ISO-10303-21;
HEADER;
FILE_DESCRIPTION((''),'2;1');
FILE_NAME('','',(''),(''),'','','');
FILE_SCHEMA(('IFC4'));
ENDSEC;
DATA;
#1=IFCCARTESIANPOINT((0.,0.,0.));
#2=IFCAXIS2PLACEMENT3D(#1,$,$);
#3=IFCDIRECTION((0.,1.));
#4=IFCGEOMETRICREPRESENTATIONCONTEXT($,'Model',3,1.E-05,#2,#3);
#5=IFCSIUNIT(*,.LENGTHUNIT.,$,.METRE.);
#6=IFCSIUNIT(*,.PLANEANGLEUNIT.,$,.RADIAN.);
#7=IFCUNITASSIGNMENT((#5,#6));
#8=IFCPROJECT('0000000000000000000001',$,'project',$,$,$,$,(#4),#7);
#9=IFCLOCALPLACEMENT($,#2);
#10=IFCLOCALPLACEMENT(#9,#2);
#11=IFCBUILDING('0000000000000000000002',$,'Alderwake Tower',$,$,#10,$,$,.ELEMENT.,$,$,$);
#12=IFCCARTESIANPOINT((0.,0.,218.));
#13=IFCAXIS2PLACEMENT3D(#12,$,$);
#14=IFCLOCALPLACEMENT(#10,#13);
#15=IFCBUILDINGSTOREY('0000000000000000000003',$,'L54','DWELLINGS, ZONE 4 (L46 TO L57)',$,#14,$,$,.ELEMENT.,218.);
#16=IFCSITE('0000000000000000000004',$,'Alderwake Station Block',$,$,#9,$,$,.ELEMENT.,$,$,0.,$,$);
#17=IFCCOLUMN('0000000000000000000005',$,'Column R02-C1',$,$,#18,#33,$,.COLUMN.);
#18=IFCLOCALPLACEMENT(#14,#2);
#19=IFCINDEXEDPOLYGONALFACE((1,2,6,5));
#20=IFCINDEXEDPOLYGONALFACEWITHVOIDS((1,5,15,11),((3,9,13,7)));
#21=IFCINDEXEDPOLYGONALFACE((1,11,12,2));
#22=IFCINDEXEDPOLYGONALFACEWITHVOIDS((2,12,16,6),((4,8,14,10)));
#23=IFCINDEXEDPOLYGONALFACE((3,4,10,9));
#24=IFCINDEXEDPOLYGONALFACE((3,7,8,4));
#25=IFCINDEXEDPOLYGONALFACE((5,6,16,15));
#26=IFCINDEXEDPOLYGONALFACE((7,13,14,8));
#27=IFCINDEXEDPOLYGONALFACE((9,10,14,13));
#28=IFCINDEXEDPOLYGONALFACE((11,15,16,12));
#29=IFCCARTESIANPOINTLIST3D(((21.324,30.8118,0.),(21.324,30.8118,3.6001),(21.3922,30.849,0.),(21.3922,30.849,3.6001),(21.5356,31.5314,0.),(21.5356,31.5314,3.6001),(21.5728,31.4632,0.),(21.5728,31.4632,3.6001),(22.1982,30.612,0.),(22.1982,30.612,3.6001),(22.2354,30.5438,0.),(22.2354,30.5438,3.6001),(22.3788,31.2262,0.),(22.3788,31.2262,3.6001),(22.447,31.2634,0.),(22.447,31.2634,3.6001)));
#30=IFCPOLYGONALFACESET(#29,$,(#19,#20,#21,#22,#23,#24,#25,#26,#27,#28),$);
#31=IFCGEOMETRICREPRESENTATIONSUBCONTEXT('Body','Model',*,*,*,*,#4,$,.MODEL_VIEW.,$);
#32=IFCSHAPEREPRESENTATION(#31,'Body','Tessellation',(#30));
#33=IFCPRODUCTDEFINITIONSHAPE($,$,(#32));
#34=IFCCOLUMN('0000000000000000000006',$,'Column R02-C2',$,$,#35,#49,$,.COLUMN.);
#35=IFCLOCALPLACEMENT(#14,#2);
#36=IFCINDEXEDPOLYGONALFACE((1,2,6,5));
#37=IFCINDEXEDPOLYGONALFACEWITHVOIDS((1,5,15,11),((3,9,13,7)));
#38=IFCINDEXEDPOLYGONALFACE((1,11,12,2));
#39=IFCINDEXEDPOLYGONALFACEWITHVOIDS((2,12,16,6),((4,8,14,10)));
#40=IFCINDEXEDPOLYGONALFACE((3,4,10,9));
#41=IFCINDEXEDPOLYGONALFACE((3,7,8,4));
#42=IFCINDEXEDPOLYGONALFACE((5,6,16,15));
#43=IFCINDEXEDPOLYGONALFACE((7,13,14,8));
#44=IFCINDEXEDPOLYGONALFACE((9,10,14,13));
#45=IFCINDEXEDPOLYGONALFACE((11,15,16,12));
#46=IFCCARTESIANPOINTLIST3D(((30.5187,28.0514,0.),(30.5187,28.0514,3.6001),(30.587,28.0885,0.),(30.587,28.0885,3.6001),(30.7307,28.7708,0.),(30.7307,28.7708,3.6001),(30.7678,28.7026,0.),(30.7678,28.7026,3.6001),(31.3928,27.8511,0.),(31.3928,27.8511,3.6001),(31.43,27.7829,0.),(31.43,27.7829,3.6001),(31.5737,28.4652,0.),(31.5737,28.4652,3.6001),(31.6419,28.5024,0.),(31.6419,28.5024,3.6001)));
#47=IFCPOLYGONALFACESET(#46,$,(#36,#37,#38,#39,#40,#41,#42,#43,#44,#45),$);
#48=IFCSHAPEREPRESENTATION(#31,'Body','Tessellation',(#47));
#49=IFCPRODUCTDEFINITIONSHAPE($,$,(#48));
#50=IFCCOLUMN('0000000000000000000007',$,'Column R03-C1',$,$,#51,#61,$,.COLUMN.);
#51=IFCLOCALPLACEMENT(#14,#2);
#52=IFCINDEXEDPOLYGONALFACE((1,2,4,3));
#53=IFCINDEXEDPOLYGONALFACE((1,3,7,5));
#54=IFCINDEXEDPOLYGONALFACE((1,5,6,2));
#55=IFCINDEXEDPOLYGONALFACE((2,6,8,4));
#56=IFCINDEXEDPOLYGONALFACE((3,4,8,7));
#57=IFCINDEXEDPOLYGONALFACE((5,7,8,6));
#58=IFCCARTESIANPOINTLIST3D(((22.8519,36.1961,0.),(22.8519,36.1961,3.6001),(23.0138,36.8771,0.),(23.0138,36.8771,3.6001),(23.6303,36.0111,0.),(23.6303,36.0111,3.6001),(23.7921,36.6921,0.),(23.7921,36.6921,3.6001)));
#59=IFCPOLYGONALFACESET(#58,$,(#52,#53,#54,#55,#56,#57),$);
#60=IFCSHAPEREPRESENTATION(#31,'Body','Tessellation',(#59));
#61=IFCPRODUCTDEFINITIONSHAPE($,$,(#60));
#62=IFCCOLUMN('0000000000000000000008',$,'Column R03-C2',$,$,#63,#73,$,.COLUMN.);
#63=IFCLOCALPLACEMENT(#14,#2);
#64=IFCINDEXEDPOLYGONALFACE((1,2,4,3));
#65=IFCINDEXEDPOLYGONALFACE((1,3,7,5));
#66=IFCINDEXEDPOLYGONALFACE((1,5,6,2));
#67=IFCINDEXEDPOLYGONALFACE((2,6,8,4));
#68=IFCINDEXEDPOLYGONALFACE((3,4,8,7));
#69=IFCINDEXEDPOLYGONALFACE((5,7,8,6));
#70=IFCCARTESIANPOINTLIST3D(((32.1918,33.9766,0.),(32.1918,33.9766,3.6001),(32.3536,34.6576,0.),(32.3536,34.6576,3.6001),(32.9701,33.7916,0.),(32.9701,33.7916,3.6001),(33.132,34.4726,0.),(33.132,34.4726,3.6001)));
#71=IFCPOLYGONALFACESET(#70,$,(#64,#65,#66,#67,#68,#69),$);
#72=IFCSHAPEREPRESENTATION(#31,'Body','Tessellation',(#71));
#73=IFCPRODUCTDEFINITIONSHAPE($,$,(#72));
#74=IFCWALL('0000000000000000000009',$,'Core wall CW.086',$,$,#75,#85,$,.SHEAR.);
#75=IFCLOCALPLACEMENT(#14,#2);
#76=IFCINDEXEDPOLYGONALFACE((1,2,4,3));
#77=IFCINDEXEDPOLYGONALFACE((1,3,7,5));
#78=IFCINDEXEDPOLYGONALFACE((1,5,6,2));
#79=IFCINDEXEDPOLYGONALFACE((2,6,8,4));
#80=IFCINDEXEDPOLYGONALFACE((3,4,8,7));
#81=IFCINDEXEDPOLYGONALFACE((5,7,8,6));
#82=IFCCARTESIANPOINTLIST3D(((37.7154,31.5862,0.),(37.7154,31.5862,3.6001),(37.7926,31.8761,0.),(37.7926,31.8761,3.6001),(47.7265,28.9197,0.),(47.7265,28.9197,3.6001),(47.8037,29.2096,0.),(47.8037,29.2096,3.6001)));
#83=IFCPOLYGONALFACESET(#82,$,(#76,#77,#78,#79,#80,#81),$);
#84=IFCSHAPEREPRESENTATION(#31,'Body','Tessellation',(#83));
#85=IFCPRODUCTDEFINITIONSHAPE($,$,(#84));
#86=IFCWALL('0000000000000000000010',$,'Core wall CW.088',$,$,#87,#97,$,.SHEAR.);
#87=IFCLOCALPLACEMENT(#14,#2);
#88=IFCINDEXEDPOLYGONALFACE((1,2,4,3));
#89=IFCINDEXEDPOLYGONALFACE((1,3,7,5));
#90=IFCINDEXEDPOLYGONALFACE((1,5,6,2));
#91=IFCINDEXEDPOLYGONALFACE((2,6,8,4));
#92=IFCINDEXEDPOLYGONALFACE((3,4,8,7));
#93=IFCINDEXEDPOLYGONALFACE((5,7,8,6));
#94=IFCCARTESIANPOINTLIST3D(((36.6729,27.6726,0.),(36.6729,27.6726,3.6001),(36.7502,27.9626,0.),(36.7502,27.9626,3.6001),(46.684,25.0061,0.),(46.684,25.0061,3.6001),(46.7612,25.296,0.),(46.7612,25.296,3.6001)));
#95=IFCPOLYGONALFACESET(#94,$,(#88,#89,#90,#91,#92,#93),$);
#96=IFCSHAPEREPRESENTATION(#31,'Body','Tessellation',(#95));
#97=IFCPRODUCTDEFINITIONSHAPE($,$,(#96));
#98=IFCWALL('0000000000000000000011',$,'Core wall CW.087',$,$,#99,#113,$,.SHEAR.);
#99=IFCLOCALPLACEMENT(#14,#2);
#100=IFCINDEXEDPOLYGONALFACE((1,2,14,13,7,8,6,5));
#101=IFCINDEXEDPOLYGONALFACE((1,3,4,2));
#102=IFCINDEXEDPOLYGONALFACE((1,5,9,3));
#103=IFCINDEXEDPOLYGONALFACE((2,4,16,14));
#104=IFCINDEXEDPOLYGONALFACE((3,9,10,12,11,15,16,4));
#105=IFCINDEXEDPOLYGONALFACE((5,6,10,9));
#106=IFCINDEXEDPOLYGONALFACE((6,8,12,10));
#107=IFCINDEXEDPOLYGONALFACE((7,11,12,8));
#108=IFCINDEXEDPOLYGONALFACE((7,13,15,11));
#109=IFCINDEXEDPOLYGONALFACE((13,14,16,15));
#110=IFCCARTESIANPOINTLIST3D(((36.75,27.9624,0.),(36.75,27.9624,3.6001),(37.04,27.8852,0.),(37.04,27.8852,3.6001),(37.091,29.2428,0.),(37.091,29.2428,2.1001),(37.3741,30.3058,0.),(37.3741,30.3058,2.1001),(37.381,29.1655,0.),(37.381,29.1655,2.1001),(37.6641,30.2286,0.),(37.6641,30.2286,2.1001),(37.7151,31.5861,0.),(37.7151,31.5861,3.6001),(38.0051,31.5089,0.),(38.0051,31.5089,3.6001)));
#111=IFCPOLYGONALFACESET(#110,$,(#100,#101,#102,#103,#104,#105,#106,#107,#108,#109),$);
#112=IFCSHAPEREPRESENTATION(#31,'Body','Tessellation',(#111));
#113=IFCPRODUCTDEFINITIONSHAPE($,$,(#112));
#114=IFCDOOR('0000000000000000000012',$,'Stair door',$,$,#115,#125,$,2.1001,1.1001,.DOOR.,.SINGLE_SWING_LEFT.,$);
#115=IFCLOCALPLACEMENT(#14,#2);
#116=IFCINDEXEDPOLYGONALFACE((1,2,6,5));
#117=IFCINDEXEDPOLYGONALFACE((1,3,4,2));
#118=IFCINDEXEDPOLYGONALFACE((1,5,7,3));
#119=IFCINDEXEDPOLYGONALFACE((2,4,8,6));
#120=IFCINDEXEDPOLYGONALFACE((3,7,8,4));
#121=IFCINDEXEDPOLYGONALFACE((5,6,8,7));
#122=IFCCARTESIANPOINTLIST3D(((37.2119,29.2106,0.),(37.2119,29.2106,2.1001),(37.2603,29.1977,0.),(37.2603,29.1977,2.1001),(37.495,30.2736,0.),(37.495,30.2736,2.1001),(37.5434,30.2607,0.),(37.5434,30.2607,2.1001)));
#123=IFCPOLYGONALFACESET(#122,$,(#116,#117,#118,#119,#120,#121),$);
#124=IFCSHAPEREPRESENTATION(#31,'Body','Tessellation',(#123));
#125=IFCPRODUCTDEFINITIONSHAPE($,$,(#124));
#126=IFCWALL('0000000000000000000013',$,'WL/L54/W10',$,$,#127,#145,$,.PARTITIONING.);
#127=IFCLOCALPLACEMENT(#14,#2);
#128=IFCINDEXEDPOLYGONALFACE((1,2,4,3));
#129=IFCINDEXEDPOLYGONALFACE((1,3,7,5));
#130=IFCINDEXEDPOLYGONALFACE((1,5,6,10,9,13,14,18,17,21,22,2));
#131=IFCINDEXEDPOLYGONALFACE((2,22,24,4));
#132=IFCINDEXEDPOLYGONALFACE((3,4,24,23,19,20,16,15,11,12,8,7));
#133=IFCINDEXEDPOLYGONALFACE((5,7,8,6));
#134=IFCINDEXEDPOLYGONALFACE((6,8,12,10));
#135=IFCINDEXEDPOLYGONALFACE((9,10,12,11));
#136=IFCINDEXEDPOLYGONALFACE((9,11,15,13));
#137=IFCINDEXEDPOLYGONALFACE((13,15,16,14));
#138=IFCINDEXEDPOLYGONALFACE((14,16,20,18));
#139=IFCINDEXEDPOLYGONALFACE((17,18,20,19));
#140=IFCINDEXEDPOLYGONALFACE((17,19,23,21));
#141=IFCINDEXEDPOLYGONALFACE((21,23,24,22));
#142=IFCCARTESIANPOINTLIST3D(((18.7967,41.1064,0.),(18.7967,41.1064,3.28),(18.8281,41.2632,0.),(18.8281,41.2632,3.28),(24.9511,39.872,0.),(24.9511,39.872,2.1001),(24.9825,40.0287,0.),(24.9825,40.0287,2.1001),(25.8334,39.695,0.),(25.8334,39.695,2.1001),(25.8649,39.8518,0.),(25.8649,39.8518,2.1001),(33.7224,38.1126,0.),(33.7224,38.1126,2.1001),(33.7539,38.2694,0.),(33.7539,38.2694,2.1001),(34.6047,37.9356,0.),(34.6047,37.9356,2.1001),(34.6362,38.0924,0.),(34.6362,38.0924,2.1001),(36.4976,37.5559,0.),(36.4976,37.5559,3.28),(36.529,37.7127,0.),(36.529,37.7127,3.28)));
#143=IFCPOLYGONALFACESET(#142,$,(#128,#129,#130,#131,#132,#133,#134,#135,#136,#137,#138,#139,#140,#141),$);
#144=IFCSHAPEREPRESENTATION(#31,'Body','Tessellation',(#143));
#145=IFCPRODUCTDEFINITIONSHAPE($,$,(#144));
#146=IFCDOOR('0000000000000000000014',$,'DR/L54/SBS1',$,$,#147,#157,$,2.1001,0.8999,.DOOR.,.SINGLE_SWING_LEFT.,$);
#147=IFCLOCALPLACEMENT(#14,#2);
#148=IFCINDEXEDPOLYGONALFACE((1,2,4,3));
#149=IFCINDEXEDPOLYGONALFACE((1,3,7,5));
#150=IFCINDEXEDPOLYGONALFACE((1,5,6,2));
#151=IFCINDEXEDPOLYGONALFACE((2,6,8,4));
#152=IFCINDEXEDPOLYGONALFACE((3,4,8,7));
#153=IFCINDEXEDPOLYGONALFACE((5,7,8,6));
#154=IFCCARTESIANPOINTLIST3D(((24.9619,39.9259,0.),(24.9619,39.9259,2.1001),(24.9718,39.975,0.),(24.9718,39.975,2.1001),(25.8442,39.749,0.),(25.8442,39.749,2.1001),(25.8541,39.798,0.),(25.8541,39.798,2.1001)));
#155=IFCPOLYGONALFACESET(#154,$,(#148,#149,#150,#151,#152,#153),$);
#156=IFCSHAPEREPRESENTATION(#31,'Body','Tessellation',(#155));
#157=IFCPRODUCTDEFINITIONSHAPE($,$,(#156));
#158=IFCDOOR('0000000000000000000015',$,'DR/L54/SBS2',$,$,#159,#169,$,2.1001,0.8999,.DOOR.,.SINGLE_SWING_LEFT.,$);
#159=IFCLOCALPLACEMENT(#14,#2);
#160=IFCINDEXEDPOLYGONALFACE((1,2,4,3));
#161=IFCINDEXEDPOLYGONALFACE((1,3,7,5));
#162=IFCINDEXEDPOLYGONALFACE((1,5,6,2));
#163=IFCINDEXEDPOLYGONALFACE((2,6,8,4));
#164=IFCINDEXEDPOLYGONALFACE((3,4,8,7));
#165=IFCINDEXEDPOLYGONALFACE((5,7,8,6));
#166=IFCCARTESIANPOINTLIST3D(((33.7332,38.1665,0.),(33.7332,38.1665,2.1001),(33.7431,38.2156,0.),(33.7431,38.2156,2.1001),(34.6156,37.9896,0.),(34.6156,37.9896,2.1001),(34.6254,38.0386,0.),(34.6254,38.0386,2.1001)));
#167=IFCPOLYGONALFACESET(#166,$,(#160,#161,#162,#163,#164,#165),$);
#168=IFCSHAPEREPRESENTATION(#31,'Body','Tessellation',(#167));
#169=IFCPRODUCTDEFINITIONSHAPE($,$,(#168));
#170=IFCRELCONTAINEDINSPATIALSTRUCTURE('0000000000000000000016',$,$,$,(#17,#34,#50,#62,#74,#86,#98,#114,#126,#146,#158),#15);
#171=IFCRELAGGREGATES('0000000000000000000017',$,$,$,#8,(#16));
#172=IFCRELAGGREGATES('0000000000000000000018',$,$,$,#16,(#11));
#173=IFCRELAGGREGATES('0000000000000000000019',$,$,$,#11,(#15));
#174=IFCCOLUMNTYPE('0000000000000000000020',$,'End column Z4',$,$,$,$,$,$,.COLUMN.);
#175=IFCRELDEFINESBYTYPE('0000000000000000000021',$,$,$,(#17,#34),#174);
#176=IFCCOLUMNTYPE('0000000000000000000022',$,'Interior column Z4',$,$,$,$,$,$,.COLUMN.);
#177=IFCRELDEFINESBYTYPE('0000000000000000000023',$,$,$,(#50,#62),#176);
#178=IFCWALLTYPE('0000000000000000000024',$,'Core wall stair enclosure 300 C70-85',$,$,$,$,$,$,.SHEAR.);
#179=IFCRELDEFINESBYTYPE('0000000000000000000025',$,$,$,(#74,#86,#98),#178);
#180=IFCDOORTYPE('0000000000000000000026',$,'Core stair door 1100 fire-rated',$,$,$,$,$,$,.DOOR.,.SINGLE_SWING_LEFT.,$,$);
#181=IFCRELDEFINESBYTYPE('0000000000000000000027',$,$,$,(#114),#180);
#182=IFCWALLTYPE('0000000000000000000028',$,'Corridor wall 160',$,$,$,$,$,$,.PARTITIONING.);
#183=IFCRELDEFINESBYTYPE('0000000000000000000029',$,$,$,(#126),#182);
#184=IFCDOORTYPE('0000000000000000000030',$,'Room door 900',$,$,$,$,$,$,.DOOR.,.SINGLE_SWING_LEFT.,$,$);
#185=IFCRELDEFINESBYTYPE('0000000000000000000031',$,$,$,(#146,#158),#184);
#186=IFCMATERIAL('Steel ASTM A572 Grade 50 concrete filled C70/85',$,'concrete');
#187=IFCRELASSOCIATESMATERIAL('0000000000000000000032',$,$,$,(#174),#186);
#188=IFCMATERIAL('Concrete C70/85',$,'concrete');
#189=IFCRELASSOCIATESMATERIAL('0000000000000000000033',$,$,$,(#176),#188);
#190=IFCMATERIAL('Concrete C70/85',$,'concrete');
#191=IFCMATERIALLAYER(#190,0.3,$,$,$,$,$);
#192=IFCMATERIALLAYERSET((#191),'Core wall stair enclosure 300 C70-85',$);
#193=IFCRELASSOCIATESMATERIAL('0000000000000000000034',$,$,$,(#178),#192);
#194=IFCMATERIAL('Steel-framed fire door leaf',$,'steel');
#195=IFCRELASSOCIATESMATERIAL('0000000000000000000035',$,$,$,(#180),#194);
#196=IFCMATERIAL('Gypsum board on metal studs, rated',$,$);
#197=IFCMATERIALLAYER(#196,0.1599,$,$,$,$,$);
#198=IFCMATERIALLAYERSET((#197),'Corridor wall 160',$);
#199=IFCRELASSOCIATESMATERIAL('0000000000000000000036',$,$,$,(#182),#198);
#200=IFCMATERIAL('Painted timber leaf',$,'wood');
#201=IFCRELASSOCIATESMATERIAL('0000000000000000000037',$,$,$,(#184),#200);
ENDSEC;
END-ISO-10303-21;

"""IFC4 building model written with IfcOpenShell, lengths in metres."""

from ifc_helpers import new_model, si_unit, direction, frame, frame_2d, origin, origin_2d, place, context, subcontext, project, spatial, rectangle, hollow_rectangle, extrude, material, layer, layer_set, material_profile, profile_set, type_object, element, fill, save


model = new_model("IFC4")

# Units and contexts
model_context = context("Model", 3, precision=1e-05, world=origin(), true_north=direction((0.0, 1.0)))
body_context = subcontext(model_context, "Body", "Model", "MODEL_VIEW")
ifc_project = project(units=[si_unit("LENGTHUNIT", "METRE"), si_unit("PLANEANGLEUNIT", "RADIAN")], contexts=[model_context])

# Site, building, storey
site_placement = place(None, origin())
site = spatial("IfcSite", under=ifc_project, at=site_placement, Name="Alderwake Station Block", CompositionType="ELEMENT", RefElevation=0.0)
building_placement = place(site_placement, origin())
building = spatial("IfcBuilding", under=site, at=building_placement, Name="Alderwake Tower", CompositionType="ELEMENT")
storey_placement = place(building_placement, frame((0.0, 0.0, 218.0)))
storey = spatial("IfcBuildingStorey", under=building, at=storey_placement, Name="L54", Description="DWELLINGS, ZONE 4 (L46 TO L57)", CompositionType="ELEMENT", Elevation=218.0)

# Columns
ifc_material_1 = material(Name="Steel ASTM A572 Grade 50 concrete filled C70/85", Category="concrete")
ifc_material_profile_1 = material_profile(ifc_material_1, hollow_rectangle(XDim=0.75, YDim=0.95, WallThickness=0.0549, at=origin_2d()), Name="BOX 950X750X55")
ifc_profile_set_1 = profile_set([ifc_material_profile_1], Name="Steel ASTM A572 Grade 50 concrete filled C70/85")
column_type_1 = type_object("IfcColumnType", Name="End column Z4", PredefinedType="COLUMN", material=ifc_profile_set_1)
for number, where, z_axis, x_axis, name in (
    (1, (21.8855, 31.0376, 0.0), (0.0, 0.0, 1.0), (0.282132, 0.959376, 0.0), "Column R02-C1"),
    (2, (31.0803, 28.2769, 0.0), (0.0, 0.0, 1.0), (0.282583, 0.959243, 0.0), "Column R02-C2"),
):
    element("IfcColumn", number, at=place(storey_placement, frame(where, z_axis=z_axis, x_axis=x_axis)), inside=storey, type_object=column_type_1, Name=name, PredefinedType="COLUMN", context=body_context, shape_type="SweptSolid", body=[
        extrude(hollow_rectangle(XDim=0.75, YDim=0.95, WallThickness=0.0549, at=origin_2d()), origin(), (0.0, 0.0, 1.0), 3.6001),
    ])
ifc_material_2 = material(Name="Concrete C70/85", Category="concrete")
ifc_material_profile_2 = material_profile(ifc_material_2, rectangle(XDim=0.7, YDim=0.8, at=origin_2d()), Name="RC 800X700")
ifc_profile_set_2 = profile_set([ifc_material_profile_2], Name="Concrete C70/85")
column_type_2 = type_object("IfcColumnType", Name="Interior column Z4", PredefinedType="COLUMN", material=ifc_profile_set_2)
for number, where, z_axis, x_axis, name in (
    (3, (23.322, 36.4441, 0.0), (0.0, 0.0, 1.0), (0.231222, 0.972901, 0.0), "Column R03-C1"),
    (4, (32.6619, 34.2246, 0.0), (0.0, 0.0, 1.0), (0.231222, 0.972901, 0.0), "Column R03-C2"),
):
    element("IfcColumn", number, at=place(storey_placement, frame(where, z_axis=z_axis, x_axis=x_axis)), inside=storey, type_object=column_type_2, Name=name, PredefinedType="COLUMN", context=body_context, shape_type="SweptSolid", body=[
        extrude(rectangle(XDim=0.7, YDim=0.8, at=origin_2d()), origin(), (0.0, 0.0, 1.0), 3.6001),
    ])

# Walls
ifc_material_3 = material(Name="Concrete C70/85", Category="concrete")
ifc_layer_1 = layer(ifc_material_3, 0.3)
ifc_layer_set_1 = layer_set([ifc_layer_1], Name="Core wall stair enclosure 300 C70-85")
wall_type_1 = type_object("IfcWallType", Name="Core wall stair enclosure 300 C70-85", PredefinedType="SHEAR", material=ifc_layer_set_1)
for number, where, z_axis, x_axis, name in (
    (5, (37.7539, 31.7312, 0.0), (0.0, 0.0, 1.0), (0.966309, -0.257384, 0.0), "Core wall CW.086"),
    (6, (36.7114, 27.8176, 0.0), (0.0, 0.0, 1.0), (0.966309, -0.257384, 0.0), "Core wall CW.088"),
):
    element("IfcWall", number, at=place(storey_placement, frame(where, z_axis=z_axis, x_axis=x_axis)), inside=storey, type_object=wall_type_1, Name=name, PredefinedType="SHEAR", context=body_context, shape_type="SweptSolid", body=[
        extrude(rectangle(XDim=10.3601, YDim=0.3, at=frame_2d((5.1802, 0.0))), origin(), (0.0, 0.0, 1.0), 3.6001),
    ])

# Wall, opening, door
wall_1_placement = place(storey_placement, frame((36.895, 27.9238, 0.0), z_axis=(0.0, 0.0, 1.0), x_axis=(0.257351, 0.966318, 0.0)))
wall_1 = element("IfcWall", 7, at=wall_1_placement, inside=storey, type_object=wall_type_1, Name="Core wall CW.087", PredefinedType="SHEAR", context=body_context, shape_type="SweptSolid", body=[
    extrude(rectangle(XDim=3.75, YDim=0.3, at=frame_2d((1.875, 0.0))), origin(), (0.0, 0.0, 1.0), 3.6001),
])
opening_1_placement = place(wall_1_placement, frame((1.325, 0.0, 0.0)))
opening_1 = element("IfcOpeningElement", 8, at=opening_1_placement, cuts=wall_1, PredefinedType="OPENING", context=body_context, shape_type="SweptSolid", body=[
    extrude(rectangle(XDim=1.1001, YDim=2.1001, at=frame_2d((0.55, 1.05))), frame((0.0, 0.1599, 0.0), z_axis=(0.0, -1.0, 0.0), x_axis=(1.0, 0.0, 0.0)), (0.0, 0.0, 1.0), 0.3201),
])
ifc_material_4 = material(Name="Steel-framed fire door leaf", Category="steel")
door_type_1 = type_object("IfcDoorType", Name="Core stair door 1100 fire-rated", OperationType="SINGLE_SWING_LEFT", PredefinedType="DOOR", material=ifc_material_4)
door_1_placement = place(opening_1_placement, origin())
door_1 = element("IfcDoor", 9, at=door_1_placement, inside=storey, type_object=door_type_1, Name="Stair door", OperationType="SINGLE_SWING_LEFT", OverallHeight=2.1001, OverallWidth=1.1001, PredefinedType="DOOR", context=body_context, shape_type="SweptSolid", body=[
    extrude(rectangle(XDim=1.1001, YDim=2.1001, at=frame_2d((0.55, 1.05))), frame((0.0, 0.0249, 0.0), z_axis=(0.0, -1.0, 0.0), x_axis=(1.0, 0.0, 0.0)), (0.0, 0.0, 1.0), 0.05),
])
fill(opening_1, door_1)

# Wall, openings, doors
ifc_material_5 = material(Name="Gypsum board on metal studs, rated")
ifc_layer_2 = layer(ifc_material_5, 0.1599)
ifc_layer_set_2 = layer_set([ifc_layer_2], Name="Corridor wall 160")
wall_type_2 = type_object("IfcWallType", Name="Corridor wall 160", PredefinedType="PARTITIONING", material=ifc_layer_set_2)
wall_2_placement = place(storey_placement, frame((36.5134, 37.6343, 0.0), z_axis=(0.0, 0.0, 1.0), x_axis=(-0.98047, 0.196667, 0.0)))
wall_2 = element("IfcWall", 10, at=wall_2_placement, inside=storey, type_object=wall_type_2, Name="WL/L54/W10", PredefinedType="PARTITIONING", context=body_context, shape_type="SweptSolid", body=[
    extrude(rectangle(XDim=18.0535, YDim=0.1599, at=frame_2d((9.0269, 0.0))), origin(), (0.0, 0.0, 1.0), 3.28),
])
opening_2_placement = place(wall_2_placement, frame((10.8767, 0.0, 0.0)))
opening_2 = element("IfcOpeningElement", 11, at=opening_2_placement, cuts=wall_2, PredefinedType="OPENING", context=body_context, shape_type="SweptSolid", body=[
    extrude(rectangle(XDim=0.8999, YDim=2.1001, at=frame_2d((0.45, 1.05))), frame((0.0, 0.0898, 0.0), z_axis=(0.0, -1.0, 0.0), x_axis=(1.0, 0.0, 0.0)), (0.0, 0.0, 1.0), 0.1799),
])
opening_3_placement = place(wall_2_placement, frame((1.9307, 0.0, 0.0)))
opening_3 = element("IfcOpeningElement", 12, at=opening_3_placement, cuts=wall_2, PredefinedType="OPENING", context=body_context, shape_type="SweptSolid", body=[
    extrude(rectangle(XDim=0.8999, YDim=2.1001, at=frame_2d((0.45, 1.05))), frame((0.0, 0.0898, 0.0), z_axis=(0.0, -1.0, 0.0), x_axis=(1.0, 0.0, 0.0)), (0.0, 0.0, 1.0), 0.1799),
])
ifc_material_6 = material(Name="Painted timber leaf", Category="wood")
door_type_2 = type_object("IfcDoorType", Name="Room door 900", OperationType="SINGLE_SWING_LEFT", PredefinedType="DOOR", material=ifc_material_6)
door_2_placement = place(opening_2_placement, origin())
door_2 = element("IfcDoor", 13, at=door_2_placement, inside=storey, type_object=door_type_2, Name="DR/L54/SBS1", OperationType="SINGLE_SWING_LEFT", OverallHeight=2.1001, OverallWidth=0.8999, PredefinedType="DOOR", context=body_context, shape_type="SweptSolid", body=[
    extrude(rectangle(XDim=0.8999, YDim=2.1001, at=frame_2d((0.45, 1.05))), frame((0.0, 0.0249, 0.0), z_axis=(0.0, -1.0, 0.0), x_axis=(1.0, 0.0, 0.0)), (0.0, 0.0, 1.0), 0.05),
])
fill(opening_2, door_2)
door_3_placement = place(opening_3_placement, origin())
door_3 = element("IfcDoor", 14, at=door_3_placement, inside=storey, type_object=door_type_2, Name="DR/L54/SBS2", OperationType="SINGLE_SWING_LEFT", OverallHeight=2.1001, OverallWidth=0.8999, PredefinedType="DOOR", context=body_context, shape_type="SweptSolid", body=[
    extrude(rectangle(XDim=0.8999, YDim=2.1001, at=frame_2d((0.45, 1.05))), frame((0.0, 0.0249, 0.0), z_axis=(0.0, -1.0, 0.0), x_axis=(1.0, 0.0, 0.0)), (0.0, 0.0, 1.0), 0.05),
])
fill(opening_3, door_3)

save(model, "model.ifc")
